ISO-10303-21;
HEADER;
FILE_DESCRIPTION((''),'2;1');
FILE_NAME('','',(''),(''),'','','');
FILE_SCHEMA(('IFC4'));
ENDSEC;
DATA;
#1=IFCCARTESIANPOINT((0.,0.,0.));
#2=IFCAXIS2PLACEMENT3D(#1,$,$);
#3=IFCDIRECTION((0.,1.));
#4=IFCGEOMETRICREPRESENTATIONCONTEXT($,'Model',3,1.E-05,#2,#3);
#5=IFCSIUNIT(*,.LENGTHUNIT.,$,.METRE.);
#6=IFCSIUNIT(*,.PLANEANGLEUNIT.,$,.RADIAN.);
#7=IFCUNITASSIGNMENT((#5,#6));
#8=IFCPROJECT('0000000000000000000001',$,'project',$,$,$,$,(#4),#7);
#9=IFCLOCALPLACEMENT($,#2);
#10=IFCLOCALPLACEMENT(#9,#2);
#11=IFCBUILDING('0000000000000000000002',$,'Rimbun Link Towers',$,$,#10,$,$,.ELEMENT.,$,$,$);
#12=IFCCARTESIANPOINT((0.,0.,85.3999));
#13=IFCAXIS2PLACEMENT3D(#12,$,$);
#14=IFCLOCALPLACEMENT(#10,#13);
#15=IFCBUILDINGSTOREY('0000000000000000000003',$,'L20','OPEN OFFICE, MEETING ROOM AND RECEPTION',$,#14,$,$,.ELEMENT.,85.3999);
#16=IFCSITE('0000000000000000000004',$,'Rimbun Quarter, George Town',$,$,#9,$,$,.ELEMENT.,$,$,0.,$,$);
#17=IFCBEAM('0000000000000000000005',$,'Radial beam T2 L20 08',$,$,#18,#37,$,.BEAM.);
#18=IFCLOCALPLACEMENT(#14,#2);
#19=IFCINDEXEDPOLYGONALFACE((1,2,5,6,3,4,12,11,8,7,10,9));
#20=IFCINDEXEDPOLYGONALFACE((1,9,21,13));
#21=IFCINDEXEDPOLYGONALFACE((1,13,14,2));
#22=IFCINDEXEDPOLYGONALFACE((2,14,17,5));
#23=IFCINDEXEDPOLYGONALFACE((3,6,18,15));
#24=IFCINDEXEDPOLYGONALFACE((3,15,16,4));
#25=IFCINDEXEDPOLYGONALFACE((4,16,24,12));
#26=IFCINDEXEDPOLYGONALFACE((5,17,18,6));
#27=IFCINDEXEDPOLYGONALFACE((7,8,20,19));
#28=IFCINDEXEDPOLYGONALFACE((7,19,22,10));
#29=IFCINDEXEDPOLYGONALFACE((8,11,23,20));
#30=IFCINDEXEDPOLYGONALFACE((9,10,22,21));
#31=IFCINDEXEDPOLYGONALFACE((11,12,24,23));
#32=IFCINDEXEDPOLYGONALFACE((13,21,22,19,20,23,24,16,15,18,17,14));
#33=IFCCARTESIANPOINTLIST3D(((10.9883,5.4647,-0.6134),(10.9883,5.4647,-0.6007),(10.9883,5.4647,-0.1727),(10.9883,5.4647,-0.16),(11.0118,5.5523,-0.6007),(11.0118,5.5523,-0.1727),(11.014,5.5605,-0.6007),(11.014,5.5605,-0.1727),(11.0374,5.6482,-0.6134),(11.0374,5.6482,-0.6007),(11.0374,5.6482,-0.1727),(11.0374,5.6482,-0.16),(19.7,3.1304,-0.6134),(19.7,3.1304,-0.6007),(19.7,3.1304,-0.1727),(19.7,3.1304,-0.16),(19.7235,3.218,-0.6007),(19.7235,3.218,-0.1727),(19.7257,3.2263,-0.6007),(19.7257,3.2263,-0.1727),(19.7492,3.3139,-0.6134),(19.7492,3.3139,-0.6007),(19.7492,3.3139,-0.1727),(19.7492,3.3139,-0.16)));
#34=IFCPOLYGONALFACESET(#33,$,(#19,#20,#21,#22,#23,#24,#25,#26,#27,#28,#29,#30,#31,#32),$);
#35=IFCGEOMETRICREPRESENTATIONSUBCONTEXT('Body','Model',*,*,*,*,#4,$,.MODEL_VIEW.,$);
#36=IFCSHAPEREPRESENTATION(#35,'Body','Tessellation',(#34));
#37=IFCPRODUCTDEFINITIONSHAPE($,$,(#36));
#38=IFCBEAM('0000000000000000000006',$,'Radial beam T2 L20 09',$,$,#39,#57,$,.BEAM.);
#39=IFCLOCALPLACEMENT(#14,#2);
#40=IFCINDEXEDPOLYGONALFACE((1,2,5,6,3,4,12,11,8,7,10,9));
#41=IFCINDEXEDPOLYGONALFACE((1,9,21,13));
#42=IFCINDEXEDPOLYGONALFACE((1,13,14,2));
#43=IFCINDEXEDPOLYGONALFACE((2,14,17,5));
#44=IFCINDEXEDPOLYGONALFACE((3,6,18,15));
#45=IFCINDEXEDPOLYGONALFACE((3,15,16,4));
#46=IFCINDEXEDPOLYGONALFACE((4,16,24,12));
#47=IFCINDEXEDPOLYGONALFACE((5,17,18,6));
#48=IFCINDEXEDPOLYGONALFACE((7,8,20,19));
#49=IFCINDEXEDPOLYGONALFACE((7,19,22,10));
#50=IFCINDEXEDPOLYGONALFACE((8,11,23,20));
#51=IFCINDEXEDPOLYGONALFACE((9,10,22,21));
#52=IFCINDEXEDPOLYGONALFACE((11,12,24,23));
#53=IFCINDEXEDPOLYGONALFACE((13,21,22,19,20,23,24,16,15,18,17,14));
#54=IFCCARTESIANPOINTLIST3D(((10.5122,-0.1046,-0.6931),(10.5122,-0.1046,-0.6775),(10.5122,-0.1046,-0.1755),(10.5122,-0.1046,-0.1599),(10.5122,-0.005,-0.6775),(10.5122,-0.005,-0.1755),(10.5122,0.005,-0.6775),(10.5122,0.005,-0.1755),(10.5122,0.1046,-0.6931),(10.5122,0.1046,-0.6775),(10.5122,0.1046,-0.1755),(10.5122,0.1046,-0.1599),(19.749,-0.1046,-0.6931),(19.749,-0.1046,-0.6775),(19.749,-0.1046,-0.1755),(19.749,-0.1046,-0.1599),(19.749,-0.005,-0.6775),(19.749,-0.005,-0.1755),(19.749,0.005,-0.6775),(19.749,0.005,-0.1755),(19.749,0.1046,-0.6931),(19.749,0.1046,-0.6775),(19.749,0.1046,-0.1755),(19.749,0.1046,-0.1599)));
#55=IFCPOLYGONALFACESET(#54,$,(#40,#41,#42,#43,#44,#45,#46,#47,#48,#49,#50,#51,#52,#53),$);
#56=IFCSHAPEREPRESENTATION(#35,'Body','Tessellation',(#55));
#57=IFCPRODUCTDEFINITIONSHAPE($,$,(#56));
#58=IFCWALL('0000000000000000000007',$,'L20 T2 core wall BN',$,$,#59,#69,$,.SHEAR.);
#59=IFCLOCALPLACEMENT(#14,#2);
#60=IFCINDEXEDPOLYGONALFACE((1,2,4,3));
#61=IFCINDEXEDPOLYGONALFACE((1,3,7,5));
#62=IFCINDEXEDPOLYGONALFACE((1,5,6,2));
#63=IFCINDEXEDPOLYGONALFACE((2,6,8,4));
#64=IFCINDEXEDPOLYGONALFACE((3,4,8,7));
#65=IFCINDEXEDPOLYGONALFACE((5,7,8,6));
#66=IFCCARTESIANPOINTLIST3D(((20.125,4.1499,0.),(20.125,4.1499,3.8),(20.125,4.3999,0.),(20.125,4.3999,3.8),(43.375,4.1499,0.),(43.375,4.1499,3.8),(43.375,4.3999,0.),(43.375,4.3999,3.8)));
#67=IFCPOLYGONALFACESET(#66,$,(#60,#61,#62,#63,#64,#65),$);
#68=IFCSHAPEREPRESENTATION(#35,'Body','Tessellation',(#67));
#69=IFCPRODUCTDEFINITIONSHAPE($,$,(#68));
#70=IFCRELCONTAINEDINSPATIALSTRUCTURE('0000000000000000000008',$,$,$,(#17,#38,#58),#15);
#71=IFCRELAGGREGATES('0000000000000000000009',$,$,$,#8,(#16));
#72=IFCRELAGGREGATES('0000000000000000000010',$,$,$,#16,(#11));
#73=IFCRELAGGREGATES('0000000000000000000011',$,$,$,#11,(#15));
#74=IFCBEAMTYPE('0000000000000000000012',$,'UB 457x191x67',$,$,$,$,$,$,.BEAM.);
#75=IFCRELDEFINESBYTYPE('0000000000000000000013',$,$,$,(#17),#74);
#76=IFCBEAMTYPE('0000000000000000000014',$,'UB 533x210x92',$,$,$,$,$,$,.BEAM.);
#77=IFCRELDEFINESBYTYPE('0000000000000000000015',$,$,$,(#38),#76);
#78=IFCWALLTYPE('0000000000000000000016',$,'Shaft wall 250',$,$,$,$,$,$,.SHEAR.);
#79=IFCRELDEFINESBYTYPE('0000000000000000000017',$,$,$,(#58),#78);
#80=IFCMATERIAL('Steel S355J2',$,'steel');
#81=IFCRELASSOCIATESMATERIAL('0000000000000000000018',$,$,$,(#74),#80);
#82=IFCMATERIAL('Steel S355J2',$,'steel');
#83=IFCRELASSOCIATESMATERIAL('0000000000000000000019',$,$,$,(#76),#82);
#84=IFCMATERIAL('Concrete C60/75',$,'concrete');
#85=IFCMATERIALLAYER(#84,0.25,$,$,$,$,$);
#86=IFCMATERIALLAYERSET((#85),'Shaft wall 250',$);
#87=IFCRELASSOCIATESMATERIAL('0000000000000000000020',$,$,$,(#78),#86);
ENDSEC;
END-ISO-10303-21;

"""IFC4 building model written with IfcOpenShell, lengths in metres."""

from ifc_helpers import new_model, si_unit, direction, frame, frame_2d, origin, origin_2d, place, context, subcontext, project, spatial, rectangle, i_section, extrude, material, layer, layer_set, material_profile, profile_set, type_object, element, save


model = new_model("IFC4")

# Units and contexts
model_context = context("Model", 3, precision=1e-05, world=origin(), true_north=direction((0.0, 1.0)))
body_context = subcontext(model_context, "Body", "Model", "MODEL_VIEW")
ifc_project = project(units=[si_unit("LENGTHUNIT", "METRE"), si_unit("PLANEANGLEUNIT", "RADIAN")], contexts=[model_context])

# Site, building, storey
site_placement = place(None, origin())
site = spatial("IfcSite", under=ifc_project, at=site_placement, Name="Rimbun Quarter, George Town", CompositionType="ELEMENT", RefElevation=0.0)
building_placement = place(site_placement, origin())
building = spatial("IfcBuilding", under=site, at=building_placement, Name="Rimbun Link Towers", CompositionType="ELEMENT")
storey_placement = place(building_placement, frame((0.0, 0.0, 85.3999)))
storey = spatial("IfcBuildingStorey", under=building, at=storey_placement, Name="L20", Description="OPEN OFFICE, MEETING ROOM AND RECEPTION", CompositionType="ELEMENT", Elevation=85.3999)

# Beams
ifc_material_1 = material(Name="Steel S355J2", Category="steel")
ifc_material_profile_1 = material_profile(ifc_material_1, i_section(OverallWidth=0.1899, OverallDepth=0.4534, WebThickness=0.0085, FlangeThickness=0.0127, at=origin_2d()), Name="UB 457x191x67")
ifc_profile_set_1 = profile_set([ifc_material_profile_1], Name="Steel S355J2")
beam_type_1 = type_object("IfcBeamType", Name="UB 457x191x67", PredefinedType="BEAM", material=ifc_profile_set_1)
beam_1_placement = place(storey_placement, frame((19.7246, 3.2222, -0.3867), z_axis=(-0.965927, 0.258813, 0.0), x_axis=(-0.258813, -0.965927, 0.0)))
element("IfcBeam", 1, at=beam_1_placement, inside=storey, type_object=beam_type_1, Name="Radial beam T2 L20 08", PredefinedType="BEAM", context=body_context, shape_type="SweptSolid", body=[
    extrude(i_section(OverallWidth=0.1899, OverallDepth=0.4534, WebThickness=0.0085, FlangeThickness=0.0127, at=origin_2d()), origin(), (0.0, 0.0, 1.0), 9.019),
])
ifc_material_2 = material(Name="Steel S355J2", Category="steel")
ifc_material_profile_2 = material_profile(ifc_material_2, i_section(OverallWidth=0.2092, OverallDepth=0.5332, WebThickness=0.01, FlangeThickness=0.0156, at=origin_2d()), Name="UB 533x210x92")
ifc_profile_set_2 = profile_set([ifc_material_profile_2], Name="Steel S355J2")
beam_type_2 = type_object("IfcBeamType", Name="UB 533x210x92", PredefinedType="BEAM", material=ifc_profile_set_2)
beam_2_placement = place(storey_placement, frame((19.749, 0.0, -0.4265), z_axis=(-1.0, 0.0, 0.0), x_axis=(0.0, -1.0, 0.0)))
element("IfcBeam", 2, at=beam_2_placement, inside=storey, type_object=beam_type_2, Name="Radial beam T2 L20 09", PredefinedType="BEAM", context=body_context, shape_type="SweptSolid", body=[
    extrude(i_section(OverallWidth=0.2092, OverallDepth=0.5332, WebThickness=0.01, FlangeThickness=0.0156, at=origin_2d()), origin(), (0.0, 0.0, 1.0), 9.2368),
])

# Wall
ifc_material_3 = material(Name="Concrete C60/75", Category="concrete")
ifc_layer_1 = layer(ifc_material_3, 0.25)
ifc_layer_set_1 = layer_set([ifc_layer_1], Name="Shaft wall 250")
wall_type_1 = type_object("IfcWallType", Name="Shaft wall 250", PredefinedType="SHEAR", material=ifc_layer_set_1)
wall_1_placement = place(storey_placement, frame((20.125, 4.2749, 0.0), z_axis=(0.0, 0.0, 1.0), x_axis=(1.0, 0.0, 0.0)))
element("IfcWall", 3, at=wall_1_placement, inside=storey, type_object=wall_type_1, Name="L20 T2 core wall BN", PredefinedType="SHEAR", context=body_context, shape_type="SweptSolid", body=[
    extrude(rectangle(XDim=23.25, YDim=0.25, at=frame_2d((11.625, 0.0))), origin(), (0.0, 0.0, 1.0), 3.8),
])

save(model, "model.ifc")
